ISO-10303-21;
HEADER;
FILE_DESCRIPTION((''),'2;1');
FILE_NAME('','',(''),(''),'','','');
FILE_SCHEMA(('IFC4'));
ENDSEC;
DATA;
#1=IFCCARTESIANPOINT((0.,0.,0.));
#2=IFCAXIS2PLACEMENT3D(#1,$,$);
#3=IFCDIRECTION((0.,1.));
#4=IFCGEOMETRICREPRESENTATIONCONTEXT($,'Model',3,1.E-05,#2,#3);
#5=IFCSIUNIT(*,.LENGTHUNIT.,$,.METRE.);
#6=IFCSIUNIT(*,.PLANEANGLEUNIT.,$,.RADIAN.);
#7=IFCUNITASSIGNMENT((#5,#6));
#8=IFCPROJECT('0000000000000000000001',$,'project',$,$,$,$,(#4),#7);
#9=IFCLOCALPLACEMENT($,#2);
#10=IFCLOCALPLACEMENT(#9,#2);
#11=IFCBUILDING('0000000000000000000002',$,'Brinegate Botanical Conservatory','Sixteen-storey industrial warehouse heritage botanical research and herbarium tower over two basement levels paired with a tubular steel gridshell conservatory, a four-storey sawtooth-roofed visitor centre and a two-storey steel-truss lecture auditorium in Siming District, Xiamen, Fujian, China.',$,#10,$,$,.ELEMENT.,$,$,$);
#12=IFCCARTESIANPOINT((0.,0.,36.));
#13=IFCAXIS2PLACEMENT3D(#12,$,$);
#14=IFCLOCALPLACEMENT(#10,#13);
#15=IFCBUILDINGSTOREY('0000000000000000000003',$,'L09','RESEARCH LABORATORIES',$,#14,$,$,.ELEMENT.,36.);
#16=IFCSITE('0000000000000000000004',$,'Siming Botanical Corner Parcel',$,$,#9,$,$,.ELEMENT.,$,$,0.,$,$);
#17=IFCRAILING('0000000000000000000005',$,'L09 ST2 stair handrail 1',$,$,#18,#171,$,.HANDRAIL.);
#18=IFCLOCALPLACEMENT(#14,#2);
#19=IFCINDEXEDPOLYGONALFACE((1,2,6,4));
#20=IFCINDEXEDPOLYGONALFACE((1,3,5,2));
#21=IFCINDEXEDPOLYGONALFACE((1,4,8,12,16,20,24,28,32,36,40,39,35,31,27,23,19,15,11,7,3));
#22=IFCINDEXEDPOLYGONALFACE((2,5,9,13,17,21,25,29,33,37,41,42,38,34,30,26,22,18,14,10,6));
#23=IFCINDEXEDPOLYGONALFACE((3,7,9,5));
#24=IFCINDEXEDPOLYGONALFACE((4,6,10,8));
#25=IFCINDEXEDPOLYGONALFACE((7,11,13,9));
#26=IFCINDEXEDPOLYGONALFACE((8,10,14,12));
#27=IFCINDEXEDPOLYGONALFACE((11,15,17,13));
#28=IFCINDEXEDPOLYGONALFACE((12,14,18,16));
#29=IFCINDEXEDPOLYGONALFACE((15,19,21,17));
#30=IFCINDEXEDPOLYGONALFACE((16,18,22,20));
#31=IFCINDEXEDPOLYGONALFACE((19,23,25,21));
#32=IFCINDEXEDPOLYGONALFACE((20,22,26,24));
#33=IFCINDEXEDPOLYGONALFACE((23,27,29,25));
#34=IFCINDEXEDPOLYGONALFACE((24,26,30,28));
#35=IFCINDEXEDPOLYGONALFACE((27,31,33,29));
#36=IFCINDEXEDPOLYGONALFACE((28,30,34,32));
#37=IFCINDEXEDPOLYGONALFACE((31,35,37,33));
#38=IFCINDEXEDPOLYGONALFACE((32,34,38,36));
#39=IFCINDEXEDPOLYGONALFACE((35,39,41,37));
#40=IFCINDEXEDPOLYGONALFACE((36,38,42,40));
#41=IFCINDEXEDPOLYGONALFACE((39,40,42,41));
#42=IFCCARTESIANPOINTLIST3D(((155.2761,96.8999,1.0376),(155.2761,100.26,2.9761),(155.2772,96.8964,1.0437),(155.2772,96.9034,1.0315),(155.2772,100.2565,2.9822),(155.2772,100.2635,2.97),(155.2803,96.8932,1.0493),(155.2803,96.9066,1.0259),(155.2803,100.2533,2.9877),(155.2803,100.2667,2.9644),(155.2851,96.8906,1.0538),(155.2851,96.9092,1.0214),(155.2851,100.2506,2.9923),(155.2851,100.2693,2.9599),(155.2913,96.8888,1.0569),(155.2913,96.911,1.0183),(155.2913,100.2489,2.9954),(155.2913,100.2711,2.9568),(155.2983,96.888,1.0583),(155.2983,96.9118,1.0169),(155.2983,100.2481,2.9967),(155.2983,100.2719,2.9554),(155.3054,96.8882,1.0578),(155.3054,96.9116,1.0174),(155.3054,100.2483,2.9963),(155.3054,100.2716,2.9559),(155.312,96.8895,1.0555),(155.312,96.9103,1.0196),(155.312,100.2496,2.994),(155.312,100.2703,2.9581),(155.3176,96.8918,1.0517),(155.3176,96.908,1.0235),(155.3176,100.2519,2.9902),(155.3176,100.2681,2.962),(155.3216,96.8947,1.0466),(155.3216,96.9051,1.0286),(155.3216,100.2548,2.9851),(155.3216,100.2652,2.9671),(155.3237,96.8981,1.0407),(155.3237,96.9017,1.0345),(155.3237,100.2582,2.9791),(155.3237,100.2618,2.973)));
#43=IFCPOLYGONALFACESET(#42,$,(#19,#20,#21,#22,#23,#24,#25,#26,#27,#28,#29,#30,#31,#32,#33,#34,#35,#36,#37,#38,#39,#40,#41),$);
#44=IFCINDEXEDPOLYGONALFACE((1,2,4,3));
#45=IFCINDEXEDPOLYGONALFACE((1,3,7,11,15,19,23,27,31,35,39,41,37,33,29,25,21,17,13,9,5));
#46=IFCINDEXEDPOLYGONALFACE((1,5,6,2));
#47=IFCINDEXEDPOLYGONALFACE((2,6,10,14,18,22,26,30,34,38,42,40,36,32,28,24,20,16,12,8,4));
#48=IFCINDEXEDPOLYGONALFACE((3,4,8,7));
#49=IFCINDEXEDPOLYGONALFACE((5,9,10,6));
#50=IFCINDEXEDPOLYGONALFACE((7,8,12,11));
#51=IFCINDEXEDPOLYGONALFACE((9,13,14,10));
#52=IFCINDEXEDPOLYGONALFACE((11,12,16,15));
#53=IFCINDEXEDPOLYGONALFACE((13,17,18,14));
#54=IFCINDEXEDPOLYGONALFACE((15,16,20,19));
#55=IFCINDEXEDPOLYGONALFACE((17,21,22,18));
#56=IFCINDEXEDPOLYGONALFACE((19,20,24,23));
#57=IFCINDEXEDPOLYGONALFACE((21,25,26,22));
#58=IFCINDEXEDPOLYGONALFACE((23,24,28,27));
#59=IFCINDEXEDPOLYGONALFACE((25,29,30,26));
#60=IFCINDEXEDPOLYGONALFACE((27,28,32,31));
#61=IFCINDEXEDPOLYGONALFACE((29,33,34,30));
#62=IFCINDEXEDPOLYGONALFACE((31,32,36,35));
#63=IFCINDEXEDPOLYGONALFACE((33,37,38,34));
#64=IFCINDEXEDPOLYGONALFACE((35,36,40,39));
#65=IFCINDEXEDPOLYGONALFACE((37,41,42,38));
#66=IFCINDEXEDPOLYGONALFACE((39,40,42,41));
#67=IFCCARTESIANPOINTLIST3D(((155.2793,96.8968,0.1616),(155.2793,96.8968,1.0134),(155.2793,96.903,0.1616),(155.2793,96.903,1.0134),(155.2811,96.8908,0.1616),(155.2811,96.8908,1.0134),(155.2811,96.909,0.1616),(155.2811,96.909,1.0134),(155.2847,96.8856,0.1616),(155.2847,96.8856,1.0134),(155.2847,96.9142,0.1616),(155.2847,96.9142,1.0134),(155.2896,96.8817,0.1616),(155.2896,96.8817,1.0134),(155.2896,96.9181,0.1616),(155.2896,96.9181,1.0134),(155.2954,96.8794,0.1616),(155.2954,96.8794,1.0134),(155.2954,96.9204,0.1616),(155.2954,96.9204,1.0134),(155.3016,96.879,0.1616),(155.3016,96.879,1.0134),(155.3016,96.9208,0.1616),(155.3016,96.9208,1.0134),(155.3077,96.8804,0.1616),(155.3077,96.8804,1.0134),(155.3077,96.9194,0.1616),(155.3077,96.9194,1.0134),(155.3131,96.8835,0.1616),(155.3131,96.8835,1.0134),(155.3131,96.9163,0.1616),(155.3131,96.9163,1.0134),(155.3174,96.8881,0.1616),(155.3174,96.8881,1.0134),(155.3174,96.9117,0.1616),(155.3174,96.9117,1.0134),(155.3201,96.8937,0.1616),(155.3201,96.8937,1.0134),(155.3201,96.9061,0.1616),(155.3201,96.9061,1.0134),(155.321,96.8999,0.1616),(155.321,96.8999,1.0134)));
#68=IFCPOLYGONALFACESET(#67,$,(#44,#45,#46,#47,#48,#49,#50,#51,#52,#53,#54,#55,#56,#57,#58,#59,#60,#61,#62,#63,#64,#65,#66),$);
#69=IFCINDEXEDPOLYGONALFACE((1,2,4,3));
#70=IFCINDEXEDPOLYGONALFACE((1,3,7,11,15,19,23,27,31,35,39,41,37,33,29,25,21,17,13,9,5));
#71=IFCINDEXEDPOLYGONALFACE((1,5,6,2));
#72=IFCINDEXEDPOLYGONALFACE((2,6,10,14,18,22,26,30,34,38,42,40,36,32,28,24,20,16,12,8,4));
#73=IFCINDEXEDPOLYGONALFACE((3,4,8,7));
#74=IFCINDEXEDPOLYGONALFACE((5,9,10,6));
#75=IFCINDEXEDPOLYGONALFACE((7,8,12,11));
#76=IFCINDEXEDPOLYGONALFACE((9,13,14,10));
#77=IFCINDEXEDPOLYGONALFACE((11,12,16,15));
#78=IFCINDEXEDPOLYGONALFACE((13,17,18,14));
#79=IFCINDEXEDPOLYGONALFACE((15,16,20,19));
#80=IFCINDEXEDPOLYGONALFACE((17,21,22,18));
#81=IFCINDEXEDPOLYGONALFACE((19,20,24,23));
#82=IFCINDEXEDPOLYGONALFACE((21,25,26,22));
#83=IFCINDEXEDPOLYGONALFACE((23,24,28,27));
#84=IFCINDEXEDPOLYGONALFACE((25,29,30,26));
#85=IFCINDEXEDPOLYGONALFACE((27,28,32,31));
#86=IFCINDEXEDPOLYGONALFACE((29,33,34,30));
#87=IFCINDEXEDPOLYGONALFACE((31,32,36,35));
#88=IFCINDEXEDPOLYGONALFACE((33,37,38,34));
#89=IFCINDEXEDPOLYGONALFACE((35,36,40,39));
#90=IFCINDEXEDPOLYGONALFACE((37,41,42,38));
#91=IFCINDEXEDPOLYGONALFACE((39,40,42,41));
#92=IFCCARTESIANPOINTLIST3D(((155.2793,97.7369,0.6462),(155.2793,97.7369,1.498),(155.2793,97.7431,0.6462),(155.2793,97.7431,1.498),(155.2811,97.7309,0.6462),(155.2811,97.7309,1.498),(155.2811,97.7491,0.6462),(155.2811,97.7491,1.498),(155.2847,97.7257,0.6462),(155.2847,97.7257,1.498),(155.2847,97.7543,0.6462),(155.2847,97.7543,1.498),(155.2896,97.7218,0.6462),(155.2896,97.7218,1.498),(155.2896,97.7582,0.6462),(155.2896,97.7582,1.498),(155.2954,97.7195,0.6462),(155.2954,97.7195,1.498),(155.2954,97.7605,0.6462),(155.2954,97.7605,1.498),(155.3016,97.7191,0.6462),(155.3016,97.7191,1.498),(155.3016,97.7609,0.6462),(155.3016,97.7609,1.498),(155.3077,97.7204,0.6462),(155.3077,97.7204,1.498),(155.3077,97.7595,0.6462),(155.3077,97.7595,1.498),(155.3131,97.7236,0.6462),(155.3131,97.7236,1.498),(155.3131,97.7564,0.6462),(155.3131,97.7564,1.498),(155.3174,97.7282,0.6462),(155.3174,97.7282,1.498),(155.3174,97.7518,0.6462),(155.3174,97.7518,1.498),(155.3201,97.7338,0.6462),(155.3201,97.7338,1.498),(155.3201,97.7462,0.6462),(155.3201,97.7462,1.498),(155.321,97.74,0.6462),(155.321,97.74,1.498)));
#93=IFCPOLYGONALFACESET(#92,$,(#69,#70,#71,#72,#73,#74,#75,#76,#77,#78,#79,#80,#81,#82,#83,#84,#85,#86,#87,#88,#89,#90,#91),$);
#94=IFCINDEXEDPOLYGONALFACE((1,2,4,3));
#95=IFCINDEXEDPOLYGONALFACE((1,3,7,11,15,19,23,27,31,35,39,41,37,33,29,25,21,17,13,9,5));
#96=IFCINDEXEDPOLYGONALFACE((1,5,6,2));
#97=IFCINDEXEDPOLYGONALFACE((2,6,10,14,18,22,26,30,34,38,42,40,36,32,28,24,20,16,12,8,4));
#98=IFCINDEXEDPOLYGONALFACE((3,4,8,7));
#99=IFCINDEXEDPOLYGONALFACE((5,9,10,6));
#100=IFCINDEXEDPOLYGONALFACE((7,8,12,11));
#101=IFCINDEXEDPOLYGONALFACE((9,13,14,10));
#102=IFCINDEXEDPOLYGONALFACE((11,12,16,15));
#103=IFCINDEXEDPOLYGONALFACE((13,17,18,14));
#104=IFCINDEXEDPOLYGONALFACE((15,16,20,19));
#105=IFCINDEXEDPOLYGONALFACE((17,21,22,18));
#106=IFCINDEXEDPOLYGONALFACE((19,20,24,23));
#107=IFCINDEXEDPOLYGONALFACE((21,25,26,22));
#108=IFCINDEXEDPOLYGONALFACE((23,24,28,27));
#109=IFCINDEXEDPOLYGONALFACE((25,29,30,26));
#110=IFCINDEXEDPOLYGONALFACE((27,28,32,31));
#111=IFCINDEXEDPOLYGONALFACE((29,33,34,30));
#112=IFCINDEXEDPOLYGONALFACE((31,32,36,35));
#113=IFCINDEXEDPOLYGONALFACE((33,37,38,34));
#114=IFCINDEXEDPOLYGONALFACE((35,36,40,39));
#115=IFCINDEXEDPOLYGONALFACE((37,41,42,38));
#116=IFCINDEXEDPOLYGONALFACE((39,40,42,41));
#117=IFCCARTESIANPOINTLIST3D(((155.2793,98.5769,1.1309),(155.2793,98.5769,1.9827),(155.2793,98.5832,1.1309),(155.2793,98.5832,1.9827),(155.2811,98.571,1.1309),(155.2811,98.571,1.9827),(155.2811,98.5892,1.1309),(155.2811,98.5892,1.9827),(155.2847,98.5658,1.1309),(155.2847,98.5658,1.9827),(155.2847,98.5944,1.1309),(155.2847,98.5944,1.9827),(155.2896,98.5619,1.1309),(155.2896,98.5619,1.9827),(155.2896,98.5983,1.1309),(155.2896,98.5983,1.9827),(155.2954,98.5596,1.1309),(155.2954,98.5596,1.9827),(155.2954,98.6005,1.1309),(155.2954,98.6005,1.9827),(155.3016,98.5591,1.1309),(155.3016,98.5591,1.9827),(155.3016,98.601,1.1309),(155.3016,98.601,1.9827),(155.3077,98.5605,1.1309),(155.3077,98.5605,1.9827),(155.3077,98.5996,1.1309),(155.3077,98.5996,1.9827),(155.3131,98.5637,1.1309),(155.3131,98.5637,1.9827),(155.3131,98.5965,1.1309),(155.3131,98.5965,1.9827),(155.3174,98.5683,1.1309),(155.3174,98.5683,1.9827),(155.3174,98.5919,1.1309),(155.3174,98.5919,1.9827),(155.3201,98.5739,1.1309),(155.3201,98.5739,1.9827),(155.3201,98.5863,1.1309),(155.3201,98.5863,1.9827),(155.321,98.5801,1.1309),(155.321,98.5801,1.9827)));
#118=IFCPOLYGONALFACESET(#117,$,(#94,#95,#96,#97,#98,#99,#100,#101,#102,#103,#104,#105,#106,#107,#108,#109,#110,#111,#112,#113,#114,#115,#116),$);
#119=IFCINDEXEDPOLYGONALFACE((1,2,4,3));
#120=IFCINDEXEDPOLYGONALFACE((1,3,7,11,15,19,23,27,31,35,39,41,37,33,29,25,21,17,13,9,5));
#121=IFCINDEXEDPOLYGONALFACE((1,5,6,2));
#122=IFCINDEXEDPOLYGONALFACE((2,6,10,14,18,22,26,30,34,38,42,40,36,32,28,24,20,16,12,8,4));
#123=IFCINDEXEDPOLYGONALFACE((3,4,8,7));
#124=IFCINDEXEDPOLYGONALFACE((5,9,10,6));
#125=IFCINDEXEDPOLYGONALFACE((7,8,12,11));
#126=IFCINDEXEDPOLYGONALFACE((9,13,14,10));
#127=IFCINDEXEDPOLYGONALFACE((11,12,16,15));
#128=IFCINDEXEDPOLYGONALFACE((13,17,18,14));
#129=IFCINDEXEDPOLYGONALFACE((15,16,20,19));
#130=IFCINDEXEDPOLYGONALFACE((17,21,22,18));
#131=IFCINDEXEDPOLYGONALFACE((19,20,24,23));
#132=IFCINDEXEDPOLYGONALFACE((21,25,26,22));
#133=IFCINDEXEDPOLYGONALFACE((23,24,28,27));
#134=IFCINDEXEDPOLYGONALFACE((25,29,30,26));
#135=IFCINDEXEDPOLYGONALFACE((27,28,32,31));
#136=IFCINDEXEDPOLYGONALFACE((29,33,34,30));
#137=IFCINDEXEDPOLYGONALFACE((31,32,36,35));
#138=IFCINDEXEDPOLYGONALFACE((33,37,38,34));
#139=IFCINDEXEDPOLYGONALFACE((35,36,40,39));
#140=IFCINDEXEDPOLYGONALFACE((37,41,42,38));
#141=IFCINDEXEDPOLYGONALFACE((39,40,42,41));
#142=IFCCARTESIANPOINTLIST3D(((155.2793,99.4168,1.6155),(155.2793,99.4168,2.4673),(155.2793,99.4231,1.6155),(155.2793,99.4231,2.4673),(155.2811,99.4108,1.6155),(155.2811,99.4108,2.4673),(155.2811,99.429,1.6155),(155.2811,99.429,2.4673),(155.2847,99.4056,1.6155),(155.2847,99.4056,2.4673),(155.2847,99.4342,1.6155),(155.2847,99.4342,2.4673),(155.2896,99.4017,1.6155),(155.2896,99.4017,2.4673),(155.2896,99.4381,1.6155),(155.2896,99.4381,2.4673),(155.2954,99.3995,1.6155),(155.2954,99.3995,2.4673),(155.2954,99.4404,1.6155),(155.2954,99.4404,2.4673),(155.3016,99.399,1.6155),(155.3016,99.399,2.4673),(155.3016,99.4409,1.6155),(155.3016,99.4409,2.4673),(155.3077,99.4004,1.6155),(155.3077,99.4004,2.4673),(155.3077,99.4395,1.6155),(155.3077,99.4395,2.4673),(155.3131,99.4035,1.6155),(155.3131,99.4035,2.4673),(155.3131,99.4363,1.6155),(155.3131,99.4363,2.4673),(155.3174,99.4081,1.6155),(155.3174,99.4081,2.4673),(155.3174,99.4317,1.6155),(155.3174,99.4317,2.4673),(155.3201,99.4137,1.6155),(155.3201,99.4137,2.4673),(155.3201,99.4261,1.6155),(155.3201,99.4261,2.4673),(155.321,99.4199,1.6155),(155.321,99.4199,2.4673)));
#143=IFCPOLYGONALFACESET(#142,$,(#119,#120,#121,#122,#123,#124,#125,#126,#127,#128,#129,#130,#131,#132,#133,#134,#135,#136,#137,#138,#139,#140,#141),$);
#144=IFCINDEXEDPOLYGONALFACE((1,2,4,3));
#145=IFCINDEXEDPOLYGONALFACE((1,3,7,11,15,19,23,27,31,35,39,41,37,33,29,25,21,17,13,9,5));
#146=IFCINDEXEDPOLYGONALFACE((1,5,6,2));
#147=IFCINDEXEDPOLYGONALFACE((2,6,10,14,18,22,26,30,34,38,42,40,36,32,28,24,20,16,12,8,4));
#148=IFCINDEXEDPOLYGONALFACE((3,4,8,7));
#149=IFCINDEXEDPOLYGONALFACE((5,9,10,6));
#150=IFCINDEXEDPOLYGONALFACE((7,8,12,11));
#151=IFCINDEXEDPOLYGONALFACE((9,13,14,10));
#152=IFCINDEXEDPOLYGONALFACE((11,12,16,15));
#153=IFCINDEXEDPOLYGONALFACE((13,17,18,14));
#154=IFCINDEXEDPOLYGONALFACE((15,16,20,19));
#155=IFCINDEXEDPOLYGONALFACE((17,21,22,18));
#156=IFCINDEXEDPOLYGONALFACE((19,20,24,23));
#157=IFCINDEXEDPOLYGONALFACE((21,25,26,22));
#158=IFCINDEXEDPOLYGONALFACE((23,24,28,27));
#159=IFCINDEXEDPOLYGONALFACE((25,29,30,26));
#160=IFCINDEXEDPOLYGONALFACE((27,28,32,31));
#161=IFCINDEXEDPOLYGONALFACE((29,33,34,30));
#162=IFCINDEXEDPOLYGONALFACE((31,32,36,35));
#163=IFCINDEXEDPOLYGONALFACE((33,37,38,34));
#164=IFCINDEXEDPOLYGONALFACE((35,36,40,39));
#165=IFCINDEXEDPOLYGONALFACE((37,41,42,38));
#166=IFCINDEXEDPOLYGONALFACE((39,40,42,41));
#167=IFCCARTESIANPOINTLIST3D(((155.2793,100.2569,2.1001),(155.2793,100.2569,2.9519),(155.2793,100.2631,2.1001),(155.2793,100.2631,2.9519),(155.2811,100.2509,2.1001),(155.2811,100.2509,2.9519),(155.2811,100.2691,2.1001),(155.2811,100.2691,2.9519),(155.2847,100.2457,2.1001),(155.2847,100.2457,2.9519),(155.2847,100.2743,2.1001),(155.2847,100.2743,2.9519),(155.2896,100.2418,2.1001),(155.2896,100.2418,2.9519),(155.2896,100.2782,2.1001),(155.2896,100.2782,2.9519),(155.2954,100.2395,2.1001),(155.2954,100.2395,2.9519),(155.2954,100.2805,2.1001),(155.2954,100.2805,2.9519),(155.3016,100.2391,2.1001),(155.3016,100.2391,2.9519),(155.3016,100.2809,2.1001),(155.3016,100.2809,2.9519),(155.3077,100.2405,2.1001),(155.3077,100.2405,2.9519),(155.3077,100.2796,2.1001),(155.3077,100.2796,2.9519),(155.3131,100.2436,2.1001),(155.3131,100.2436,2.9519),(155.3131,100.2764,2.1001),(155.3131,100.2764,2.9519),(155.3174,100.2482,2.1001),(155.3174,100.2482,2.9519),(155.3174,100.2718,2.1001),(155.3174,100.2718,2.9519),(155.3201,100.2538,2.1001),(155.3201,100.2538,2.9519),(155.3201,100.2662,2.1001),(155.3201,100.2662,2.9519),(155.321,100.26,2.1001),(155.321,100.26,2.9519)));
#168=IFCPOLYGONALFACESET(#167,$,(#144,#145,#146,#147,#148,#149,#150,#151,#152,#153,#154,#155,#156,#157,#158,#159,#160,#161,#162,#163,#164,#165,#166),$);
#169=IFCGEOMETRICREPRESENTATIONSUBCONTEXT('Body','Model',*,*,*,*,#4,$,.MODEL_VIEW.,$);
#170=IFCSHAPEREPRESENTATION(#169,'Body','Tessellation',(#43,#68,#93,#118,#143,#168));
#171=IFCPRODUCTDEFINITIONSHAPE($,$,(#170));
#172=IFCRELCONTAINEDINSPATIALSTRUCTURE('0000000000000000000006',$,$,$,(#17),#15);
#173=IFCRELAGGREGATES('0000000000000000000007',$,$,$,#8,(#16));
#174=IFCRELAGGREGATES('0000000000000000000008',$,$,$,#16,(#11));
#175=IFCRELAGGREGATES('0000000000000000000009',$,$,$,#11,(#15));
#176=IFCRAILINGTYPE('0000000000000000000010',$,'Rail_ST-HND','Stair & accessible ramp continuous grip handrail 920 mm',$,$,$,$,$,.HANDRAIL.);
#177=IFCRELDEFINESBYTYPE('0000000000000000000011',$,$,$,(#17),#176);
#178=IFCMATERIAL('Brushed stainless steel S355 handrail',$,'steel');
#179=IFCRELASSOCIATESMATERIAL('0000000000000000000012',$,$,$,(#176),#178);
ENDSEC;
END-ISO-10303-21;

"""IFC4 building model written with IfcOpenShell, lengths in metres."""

from ifc_helpers import new_model, si_unit, direction, frame, origin, origin_2d, place, context, subcontext, project, spatial, circle, extrude, material, type_object, element, save


model = new_model("IFC4")

# Units and contexts
model_context = context("Model", 3, precision=1e-05, world=origin(), true_north=direction((0.0, 1.0)))
body_context = subcontext(model_context, "Body", "Model", "MODEL_VIEW")
ifc_project = project(units=[si_unit("LENGTHUNIT", "METRE"), si_unit("PLANEANGLEUNIT", "RADIAN")], contexts=[model_context])

# Site, building, storey
site_placement = place(None, origin())
site = spatial("IfcSite", under=ifc_project, at=site_placement, Name="Siming Botanical Corner Parcel", CompositionType="ELEMENT", RefElevation=0.0)
building_placement = place(site_placement, origin())
building = spatial("IfcBuilding", under=site, at=building_placement, Name="Brinegate Botanical Conservatory", Description="Sixteen-storey industrial warehouse heritage botanical research and herbarium tower over two basement levels paired with a tubular steel gridshell conservatory, a four-storey sawtooth-roofed visitor centre and a two-storey steel-truss lecture auditorium in Siming District, Xiamen, Fujian, China.", CompositionType="ELEMENT")
storey_placement = place(building_placement, frame((0.0, 0.0, 36.0)))
storey = spatial("IfcBuildingStorey", under=building, at=storey_placement, Name="L09", Description="RESEARCH LABORATORIES", CompositionType="ELEMENT", Elevation=36.0)

# Railing
ifc_material_1 = material(Name="Brushed stainless steel S355 handrail", Category="steel")
railing_type_1 = type_object("IfcRailingType", Name="Rail_ST-HND", Description="Stair & accessible ramp continuous grip handrail 920 mm", PredefinedType="HANDRAIL", material=ifc_material_1)
railing_1_placement = place(storey_placement, frame((155.3, 96.8999, 0.1616)))
element("IfcRailing", 1, at=railing_1_placement, inside=storey, type_object=railing_type_1, Name="L09 ST2 stair handrail 1", PredefinedType="HANDRAIL", context=body_context, shape_type="SweptSolid", body=[
    extrude(circle(Radius=0.0239, at=origin_2d()), frame((0.0, 0.0, 0.876), z_axis=(0.0, 0.866191, 0.499713), x_axis=(-1.0, 0.0, 0.0)), (0.0, 0.0, 1.0), 3.8792),
    extrude(circle(Radius=0.021, at=origin_2d()), origin(), (0.0, 0.0, 1.0), 0.8518),
    extrude(circle(Radius=0.021, at=origin_2d()), frame((0.0, 0.8401, 0.4846)), (0.0, 0.0, 1.0), 0.8518),
    extrude(circle(Radius=0.021, at=origin_2d()), frame((0.0, 1.6802, 0.9692)), (0.0, 0.0, 1.0), 0.8518),
    extrude(circle(Radius=0.021, at=origin_2d()), frame((0.0, 2.52, 1.4539)), (0.0, 0.0, 1.0), 0.8518),
    extrude(circle(Radius=0.021, at=origin_2d()), frame((0.0, 3.3601, 1.9385)), (0.0, 0.0, 1.0), 0.8518),
])

save(model, "model.ifc")
